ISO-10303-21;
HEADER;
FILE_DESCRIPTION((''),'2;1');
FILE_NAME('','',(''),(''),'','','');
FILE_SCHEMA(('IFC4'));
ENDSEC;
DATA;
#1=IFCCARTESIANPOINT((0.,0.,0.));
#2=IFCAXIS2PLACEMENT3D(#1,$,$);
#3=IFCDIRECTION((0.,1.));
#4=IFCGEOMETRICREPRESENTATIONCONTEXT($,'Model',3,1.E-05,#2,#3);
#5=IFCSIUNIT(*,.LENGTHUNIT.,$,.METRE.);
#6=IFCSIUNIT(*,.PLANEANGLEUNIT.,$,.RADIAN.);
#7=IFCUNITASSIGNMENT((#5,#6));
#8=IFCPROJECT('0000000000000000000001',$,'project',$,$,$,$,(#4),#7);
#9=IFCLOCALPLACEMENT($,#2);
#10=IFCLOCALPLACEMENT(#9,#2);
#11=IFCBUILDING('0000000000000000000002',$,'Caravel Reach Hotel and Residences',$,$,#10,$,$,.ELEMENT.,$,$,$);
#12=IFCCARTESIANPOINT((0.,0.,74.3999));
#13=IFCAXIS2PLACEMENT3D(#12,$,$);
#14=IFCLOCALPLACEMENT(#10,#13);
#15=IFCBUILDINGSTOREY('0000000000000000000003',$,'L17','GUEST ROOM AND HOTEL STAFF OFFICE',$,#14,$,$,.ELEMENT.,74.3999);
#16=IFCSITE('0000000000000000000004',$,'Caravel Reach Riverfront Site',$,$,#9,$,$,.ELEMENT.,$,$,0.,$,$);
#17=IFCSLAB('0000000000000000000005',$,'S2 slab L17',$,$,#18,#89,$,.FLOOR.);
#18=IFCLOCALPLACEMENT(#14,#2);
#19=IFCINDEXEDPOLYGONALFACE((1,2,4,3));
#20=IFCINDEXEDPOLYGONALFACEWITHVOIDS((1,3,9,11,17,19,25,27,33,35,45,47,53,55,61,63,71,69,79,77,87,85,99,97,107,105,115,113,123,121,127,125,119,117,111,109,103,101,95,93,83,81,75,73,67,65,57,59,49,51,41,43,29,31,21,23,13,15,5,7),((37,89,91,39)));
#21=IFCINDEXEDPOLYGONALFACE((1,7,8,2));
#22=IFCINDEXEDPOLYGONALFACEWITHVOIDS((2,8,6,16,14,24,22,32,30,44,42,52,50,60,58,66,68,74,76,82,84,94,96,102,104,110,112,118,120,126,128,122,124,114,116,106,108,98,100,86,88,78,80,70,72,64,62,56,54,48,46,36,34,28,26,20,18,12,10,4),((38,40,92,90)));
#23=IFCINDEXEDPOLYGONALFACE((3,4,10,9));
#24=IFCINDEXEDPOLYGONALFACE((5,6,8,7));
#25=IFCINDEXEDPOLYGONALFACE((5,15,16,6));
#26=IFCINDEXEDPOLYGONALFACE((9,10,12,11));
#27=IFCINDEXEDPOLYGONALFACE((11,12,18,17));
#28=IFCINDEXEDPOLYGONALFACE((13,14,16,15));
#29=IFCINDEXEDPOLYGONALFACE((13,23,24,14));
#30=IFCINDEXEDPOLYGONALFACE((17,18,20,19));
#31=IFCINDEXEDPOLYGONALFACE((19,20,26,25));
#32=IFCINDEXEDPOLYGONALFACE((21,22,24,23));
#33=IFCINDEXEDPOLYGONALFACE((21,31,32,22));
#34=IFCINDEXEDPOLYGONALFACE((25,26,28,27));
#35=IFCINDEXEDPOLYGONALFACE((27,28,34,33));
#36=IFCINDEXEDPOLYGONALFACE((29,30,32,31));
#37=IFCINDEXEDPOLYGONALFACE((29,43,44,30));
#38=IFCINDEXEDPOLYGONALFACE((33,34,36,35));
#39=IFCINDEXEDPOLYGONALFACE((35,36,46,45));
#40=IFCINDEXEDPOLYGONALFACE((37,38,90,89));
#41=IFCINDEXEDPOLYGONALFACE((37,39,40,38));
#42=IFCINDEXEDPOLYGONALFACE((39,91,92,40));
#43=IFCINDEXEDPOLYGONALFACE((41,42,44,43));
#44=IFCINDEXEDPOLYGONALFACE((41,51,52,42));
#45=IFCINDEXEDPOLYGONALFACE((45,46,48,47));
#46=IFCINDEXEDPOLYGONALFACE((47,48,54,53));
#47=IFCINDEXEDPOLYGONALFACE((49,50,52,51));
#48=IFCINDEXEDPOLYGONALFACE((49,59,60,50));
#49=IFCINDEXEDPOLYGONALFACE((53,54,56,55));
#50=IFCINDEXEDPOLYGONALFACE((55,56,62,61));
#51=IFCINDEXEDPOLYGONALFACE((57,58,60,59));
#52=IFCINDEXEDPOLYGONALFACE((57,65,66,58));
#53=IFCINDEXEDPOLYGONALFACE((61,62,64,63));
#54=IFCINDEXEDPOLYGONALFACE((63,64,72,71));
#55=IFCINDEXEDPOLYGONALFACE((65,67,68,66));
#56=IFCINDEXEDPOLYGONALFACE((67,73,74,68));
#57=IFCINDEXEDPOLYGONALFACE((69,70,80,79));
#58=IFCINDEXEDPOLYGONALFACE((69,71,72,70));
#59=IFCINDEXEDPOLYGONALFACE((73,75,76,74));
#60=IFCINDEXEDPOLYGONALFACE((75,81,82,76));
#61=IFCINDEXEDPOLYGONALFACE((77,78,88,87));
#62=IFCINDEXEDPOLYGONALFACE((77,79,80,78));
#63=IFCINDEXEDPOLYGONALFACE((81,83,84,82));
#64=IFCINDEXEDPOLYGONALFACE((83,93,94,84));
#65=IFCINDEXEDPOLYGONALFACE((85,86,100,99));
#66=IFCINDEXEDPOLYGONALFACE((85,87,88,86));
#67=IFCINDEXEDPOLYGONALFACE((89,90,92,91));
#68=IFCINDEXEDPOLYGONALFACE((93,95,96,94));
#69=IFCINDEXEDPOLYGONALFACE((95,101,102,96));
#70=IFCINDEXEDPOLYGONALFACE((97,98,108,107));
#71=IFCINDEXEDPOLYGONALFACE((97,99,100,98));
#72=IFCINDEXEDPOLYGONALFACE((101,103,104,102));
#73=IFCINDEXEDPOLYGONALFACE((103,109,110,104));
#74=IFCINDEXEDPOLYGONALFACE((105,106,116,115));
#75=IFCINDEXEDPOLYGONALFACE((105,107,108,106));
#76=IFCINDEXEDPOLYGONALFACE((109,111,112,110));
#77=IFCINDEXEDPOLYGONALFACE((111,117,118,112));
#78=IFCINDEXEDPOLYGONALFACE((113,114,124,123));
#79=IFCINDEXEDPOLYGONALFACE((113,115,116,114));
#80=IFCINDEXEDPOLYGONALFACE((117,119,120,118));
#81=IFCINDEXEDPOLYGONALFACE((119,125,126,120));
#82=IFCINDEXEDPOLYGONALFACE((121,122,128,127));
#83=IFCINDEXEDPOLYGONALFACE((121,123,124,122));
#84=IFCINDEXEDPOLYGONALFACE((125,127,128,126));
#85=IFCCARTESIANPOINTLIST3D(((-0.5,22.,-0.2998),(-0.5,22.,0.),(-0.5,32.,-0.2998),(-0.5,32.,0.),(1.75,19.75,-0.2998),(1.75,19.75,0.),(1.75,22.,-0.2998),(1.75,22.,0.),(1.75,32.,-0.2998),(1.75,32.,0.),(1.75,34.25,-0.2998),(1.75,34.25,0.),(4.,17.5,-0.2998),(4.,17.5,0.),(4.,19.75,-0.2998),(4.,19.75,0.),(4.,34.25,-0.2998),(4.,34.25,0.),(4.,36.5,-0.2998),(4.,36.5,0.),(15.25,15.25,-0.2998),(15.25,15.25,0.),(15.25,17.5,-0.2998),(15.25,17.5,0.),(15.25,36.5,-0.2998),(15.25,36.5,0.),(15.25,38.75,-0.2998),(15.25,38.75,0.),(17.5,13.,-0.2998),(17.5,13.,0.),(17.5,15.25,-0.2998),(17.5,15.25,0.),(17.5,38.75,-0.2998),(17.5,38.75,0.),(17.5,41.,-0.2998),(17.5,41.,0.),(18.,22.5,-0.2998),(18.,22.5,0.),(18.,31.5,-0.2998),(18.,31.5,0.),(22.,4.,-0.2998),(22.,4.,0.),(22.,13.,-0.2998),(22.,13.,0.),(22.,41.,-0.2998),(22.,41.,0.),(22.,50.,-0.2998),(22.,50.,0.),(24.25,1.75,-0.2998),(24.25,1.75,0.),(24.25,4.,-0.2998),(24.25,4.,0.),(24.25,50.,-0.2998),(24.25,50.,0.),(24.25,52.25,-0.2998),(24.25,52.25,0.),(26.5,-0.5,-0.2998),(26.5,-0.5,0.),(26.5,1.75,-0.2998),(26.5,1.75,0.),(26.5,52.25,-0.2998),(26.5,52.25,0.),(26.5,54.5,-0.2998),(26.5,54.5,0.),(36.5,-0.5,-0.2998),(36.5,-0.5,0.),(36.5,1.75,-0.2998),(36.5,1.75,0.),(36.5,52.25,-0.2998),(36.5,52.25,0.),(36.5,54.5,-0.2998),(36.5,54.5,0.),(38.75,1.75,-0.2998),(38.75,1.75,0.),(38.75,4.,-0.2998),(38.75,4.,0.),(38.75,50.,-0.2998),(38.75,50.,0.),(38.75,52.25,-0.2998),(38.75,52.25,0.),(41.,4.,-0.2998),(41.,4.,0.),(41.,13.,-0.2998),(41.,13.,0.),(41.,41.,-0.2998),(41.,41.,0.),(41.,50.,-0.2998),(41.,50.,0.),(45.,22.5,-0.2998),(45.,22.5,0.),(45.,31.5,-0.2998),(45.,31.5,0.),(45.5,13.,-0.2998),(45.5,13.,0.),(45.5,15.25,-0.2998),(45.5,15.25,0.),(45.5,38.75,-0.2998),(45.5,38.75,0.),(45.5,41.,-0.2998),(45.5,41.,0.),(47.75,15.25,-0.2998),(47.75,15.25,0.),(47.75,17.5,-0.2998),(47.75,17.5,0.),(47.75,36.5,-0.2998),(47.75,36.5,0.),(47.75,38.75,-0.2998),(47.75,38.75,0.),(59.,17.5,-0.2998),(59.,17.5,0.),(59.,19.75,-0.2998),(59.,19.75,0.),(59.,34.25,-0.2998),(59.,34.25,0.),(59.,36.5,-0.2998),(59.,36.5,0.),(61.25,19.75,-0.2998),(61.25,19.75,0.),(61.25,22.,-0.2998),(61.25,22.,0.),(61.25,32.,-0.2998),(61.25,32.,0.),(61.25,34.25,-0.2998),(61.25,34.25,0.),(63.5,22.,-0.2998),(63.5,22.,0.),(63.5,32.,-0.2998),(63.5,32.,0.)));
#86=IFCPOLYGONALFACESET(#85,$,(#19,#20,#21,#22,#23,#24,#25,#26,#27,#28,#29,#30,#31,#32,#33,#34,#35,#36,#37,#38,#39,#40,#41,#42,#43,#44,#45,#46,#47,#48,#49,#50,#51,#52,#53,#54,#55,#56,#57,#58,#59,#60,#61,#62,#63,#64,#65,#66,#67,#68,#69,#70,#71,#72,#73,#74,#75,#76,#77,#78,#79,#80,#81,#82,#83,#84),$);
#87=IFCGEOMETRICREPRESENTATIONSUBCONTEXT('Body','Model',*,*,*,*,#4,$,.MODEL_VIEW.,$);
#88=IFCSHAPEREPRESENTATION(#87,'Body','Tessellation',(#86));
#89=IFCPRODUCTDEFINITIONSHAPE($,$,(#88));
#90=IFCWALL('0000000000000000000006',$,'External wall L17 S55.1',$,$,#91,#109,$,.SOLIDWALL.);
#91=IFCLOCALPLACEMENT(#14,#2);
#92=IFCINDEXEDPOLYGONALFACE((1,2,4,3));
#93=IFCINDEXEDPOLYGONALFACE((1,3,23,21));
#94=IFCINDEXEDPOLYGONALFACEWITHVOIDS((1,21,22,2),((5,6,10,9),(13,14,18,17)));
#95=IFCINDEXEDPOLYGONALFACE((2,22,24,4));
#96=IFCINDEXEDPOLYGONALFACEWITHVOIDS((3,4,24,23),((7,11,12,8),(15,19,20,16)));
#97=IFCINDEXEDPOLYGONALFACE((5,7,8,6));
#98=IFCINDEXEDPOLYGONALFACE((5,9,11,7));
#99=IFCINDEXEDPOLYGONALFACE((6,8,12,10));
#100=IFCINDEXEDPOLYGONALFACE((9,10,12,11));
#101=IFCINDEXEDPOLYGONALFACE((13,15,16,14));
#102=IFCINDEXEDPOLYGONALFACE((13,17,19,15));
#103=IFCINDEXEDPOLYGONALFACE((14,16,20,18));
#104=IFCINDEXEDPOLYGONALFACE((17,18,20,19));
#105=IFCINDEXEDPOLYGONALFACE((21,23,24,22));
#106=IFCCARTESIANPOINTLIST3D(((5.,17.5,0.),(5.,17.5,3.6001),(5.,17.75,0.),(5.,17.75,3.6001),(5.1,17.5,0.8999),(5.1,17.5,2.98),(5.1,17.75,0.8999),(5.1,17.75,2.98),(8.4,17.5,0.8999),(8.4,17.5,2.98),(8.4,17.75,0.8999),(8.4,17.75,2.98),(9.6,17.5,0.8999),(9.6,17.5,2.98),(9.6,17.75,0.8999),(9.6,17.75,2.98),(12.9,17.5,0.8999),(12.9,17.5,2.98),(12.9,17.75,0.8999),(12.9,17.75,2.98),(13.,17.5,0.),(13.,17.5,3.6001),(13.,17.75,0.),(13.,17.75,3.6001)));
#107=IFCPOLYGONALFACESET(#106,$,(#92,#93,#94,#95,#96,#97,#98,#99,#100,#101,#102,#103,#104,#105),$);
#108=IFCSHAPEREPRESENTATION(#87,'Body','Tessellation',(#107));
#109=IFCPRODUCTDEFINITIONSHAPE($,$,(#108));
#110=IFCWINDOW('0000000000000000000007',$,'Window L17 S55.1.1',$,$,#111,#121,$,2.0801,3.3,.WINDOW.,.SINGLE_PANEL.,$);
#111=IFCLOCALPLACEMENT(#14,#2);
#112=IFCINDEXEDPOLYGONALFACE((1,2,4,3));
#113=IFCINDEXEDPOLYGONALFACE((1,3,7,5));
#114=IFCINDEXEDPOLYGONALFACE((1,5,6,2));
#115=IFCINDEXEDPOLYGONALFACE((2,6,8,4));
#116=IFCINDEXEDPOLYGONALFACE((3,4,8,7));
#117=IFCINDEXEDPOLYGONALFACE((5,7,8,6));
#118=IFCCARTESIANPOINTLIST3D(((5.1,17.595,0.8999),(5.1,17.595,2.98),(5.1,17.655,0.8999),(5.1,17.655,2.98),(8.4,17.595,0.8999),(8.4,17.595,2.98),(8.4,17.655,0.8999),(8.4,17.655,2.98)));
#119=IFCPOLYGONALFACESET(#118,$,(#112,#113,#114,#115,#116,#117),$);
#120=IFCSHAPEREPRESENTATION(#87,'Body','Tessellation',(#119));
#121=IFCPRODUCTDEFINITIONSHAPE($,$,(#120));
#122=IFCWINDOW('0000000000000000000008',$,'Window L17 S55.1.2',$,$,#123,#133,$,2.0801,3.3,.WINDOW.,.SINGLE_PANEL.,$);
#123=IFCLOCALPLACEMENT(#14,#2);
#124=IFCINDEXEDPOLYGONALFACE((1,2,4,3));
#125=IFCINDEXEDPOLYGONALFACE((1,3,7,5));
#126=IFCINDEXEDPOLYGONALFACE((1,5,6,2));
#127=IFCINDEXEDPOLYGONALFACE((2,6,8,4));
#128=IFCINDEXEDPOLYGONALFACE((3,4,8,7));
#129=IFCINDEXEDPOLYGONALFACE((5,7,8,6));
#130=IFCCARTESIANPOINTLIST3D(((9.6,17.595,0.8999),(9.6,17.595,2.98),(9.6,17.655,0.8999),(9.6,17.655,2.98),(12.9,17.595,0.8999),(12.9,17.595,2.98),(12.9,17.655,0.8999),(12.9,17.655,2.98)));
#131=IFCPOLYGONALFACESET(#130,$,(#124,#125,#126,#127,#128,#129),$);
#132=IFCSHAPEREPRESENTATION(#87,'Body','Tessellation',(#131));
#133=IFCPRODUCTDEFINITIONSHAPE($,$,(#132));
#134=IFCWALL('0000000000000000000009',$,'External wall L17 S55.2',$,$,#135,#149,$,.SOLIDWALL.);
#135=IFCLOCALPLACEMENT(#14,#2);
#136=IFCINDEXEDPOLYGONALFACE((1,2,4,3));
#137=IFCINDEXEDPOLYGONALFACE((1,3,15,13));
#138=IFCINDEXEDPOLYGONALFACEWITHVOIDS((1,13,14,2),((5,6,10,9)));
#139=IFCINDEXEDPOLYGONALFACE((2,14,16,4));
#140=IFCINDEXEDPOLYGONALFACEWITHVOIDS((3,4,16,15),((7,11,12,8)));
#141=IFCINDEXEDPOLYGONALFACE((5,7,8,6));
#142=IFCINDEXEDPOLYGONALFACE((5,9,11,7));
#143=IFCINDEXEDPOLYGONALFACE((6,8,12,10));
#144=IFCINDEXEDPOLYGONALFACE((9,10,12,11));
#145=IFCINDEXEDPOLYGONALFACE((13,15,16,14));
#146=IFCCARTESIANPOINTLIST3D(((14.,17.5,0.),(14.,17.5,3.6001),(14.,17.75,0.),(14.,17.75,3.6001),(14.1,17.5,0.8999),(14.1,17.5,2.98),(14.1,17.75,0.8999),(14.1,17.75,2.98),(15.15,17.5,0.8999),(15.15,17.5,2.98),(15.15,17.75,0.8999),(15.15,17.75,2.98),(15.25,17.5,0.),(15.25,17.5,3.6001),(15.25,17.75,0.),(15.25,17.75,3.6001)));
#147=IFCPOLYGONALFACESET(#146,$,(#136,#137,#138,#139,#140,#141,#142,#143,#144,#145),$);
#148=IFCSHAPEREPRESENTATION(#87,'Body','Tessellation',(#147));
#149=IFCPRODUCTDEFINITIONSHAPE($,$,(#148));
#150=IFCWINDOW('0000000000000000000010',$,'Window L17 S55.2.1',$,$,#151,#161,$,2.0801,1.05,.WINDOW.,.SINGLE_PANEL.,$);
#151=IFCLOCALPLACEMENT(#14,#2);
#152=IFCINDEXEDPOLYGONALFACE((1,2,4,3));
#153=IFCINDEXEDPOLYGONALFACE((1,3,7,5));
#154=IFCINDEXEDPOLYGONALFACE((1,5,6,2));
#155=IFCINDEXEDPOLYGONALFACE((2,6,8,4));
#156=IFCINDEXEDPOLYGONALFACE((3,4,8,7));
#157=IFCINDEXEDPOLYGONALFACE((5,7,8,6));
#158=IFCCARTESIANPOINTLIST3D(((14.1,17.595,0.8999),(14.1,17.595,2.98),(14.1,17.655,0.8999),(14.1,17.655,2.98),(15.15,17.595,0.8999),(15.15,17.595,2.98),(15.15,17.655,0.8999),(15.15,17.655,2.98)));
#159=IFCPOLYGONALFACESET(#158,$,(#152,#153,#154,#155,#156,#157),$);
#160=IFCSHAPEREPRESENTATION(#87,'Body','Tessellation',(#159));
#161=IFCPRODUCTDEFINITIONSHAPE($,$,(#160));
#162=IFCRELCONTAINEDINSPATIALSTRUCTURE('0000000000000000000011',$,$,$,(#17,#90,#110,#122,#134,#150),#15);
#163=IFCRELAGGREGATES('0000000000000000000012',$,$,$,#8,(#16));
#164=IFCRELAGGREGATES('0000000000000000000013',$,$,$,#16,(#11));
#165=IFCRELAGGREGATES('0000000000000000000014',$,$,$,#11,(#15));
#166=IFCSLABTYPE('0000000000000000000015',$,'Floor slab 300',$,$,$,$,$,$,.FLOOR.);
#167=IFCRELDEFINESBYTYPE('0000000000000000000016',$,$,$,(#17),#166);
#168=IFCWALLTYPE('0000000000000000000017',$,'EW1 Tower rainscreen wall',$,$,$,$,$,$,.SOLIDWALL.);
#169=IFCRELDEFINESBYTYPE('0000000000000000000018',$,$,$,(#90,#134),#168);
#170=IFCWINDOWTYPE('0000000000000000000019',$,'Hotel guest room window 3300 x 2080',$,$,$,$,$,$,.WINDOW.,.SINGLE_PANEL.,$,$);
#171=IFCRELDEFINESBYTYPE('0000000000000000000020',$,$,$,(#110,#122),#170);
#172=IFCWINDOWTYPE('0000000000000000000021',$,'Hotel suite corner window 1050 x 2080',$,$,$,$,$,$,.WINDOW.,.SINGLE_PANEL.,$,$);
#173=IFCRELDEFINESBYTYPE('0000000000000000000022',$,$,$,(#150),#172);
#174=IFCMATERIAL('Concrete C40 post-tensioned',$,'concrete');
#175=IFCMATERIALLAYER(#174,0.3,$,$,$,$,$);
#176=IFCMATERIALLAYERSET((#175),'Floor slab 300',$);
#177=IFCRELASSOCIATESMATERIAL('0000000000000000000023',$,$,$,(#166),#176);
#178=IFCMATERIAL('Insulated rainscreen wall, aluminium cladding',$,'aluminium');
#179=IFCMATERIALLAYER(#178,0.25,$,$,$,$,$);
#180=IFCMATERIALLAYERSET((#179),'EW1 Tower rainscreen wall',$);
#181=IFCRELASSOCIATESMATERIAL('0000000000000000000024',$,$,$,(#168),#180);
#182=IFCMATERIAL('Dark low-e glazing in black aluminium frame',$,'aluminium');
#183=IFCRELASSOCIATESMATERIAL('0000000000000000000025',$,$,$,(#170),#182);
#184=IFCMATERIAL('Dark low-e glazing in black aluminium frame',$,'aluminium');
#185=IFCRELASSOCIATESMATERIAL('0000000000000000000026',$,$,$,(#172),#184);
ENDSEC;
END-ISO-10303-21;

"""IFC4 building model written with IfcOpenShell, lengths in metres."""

from ifc_helpers import new_model, si_unit, direction, frame, frame_2d, origin, place, context, subcontext, project, spatial, polyline, rectangle, outline, extrude, material, layer, layer_set, type_object, element, fill, save


model = new_model("IFC4")

# Units and contexts
model_context = context("Model", 3, precision=1e-05, world=origin(), true_north=direction((0.0, 1.0)))
body_context = subcontext(model_context, "Body", "Model", "MODEL_VIEW")
ifc_project = project(units=[si_unit("LENGTHUNIT", "METRE"), si_unit("PLANEANGLEUNIT", "RADIAN")], contexts=[model_context])

# Site, building, storey
site_placement = place(None, origin())
site = spatial("IfcSite", under=ifc_project, at=site_placement, Name="Caravel Reach Riverfront Site", CompositionType="ELEMENT", RefElevation=0.0)
building_placement = place(site_placement, origin())
building = spatial("IfcBuilding", under=site, at=building_placement, Name="Caravel Reach Hotel and Residences", CompositionType="ELEMENT")
storey_placement = place(building_placement, frame((0.0, 0.0, 74.3999)))
storey = spatial("IfcBuildingStorey", under=building, at=storey_placement, Name="L17", Description="GUEST ROOM AND HOTEL STAFF OFFICE", CompositionType="ELEMENT", Elevation=74.3999)

# Slab
ifc_material_1 = material(Name="Concrete C40 post-tensioned", Category="concrete")
ifc_layer_1 = layer(ifc_material_1, 0.3)
ifc_layer_set_1 = layer_set([ifc_layer_1], Name="Floor slab 300")
slab_type_1 = type_object("IfcSlabType", Name="Floor slab 300", PredefinedType="FLOOR", material=ifc_layer_set_1)
slab_1_placement = place(storey_placement, frame((0.0, 0.0, -0.2998)))
element("IfcSlab", 1, at=slab_1_placement, inside=storey, type_object=slab_type_1, Name="S2 slab L17", PredefinedType="FLOOR", context=body_context, shape_type="SweptSolid", body=[
    extrude(outline(polyline([(17.5, 13.0), (17.5, 15.25), (15.25, 15.25), (15.25, 17.5), (4.0, 17.5), (4.0, 19.75), (1.75, 19.75), (1.75, 22.0), (-0.5, 22.0), (-0.5, 32.0), (1.75, 32.0), (1.75, 34.25), (4.0, 34.25), (4.0, 36.5), (15.25, 36.5), (15.25, 38.75), (17.5, 38.75), (17.5, 41.0), (22.0, 41.0), (22.0, 50.0), (24.25, 50.0), (24.25, 52.25), (26.5, 52.25), (26.5, 54.5), (36.5, 54.5), (36.5, 52.25), (38.75, 52.25), (38.75, 50.0), (41.0, 50.0), (41.0, 41.0), (45.5, 41.0), (45.5, 38.75), (47.75, 38.75), (47.75, 36.5), (59.0, 36.5), (59.0, 34.25), (61.25, 34.25), (61.25, 32.0), (63.5, 32.0), (63.5, 22.0), (61.25, 22.0), (61.25, 19.75), (59.0, 19.75), (59.0, 17.5), (47.75, 17.5), (47.75, 15.25), (45.5, 15.25), (45.5, 13.0), (41.0, 13.0), (41.0, 4.0), (38.75, 4.0), (38.75, 1.75), (36.5, 1.75), (36.5, -0.5), (26.5, -0.5), (26.5, 1.75), (24.25, 1.75), (24.25, 4.0), (22.0, 4.0), (22.0, 13.0), (17.5, 13.0)]), holes=[polyline([(45.0, 31.5), (18.0, 31.5), (18.0, 22.5), (45.0, 22.5), (45.0, 31.5)])]), origin(), (0.0, 0.0, 1.0), 0.2998),
])

# Wall, openings, windows
ifc_material_2 = material(Name="Insulated rainscreen wall, aluminium cladding", Category="aluminium")
ifc_layer_2 = layer(ifc_material_2, 0.25)
ifc_layer_set_2 = layer_set([ifc_layer_2], Name="EW1 Tower rainscreen wall")
wall_type_1 = type_object("IfcWallType", Name="EW1 Tower rainscreen wall", PredefinedType="SOLIDWALL", material=ifc_layer_set_2)
wall_1_placement = place(storey_placement, frame((5.0, 17.625, 0.0), z_axis=(0.0, 0.0, 1.0), x_axis=(1.0, 0.0, 0.0)))
wall_1 = element("IfcWall", 2, at=wall_1_placement, inside=storey, type_object=wall_type_1, Name="External wall L17 S55.1", PredefinedType="SOLIDWALL", context=body_context, shape_type="SweptSolid", body=[
    extrude(rectangle(XDim=8.0, YDim=0.25, at=frame_2d((4.0, 0.0))), origin(), (0.0, 0.0, 1.0), 3.6001),
])
opening_1_placement = place(wall_1_placement, frame((0.1001, 0.0, 0.8999)))
opening_1 = element("IfcOpeningElement", 3, at=opening_1_placement, cuts=wall_1, PredefinedType="OPENING", context=body_context, shape_type="SweptSolid", body=[
    extrude(rectangle(XDim=3.3, YDim=2.0801, at=frame_2d((1.6499, 1.04))), frame((0.0, 0.135, 0.0), z_axis=(0.0, -1.0, 0.0), x_axis=(1.0, 0.0, 0.0)), (0.0, 0.0, 1.0), 0.27),
])
opening_2_placement = place(wall_1_placement, frame((4.6001, 0.0, 0.8999)))
opening_2 = element("IfcOpeningElement", 4, at=opening_2_placement, cuts=wall_1, PredefinedType="OPENING", context=body_context, shape_type="SweptSolid", body=[
    extrude(rectangle(XDim=3.3, YDim=2.0801, at=frame_2d((1.6499, 1.04))), frame((0.0, 0.135, 0.0), z_axis=(0.0, -1.0, 0.0), x_axis=(1.0, 0.0, 0.0)), (0.0, 0.0, 1.0), 0.27),
])
ifc_material_3 = material(Name="Dark low-e glazing in black aluminium frame", Category="aluminium")
window_type_1 = type_object("IfcWindowType", Name="Hotel guest room window 3300 x 2080", PartitioningType="SINGLE_PANEL", PredefinedType="WINDOW", material=ifc_material_3)
window_1_placement = place(opening_1_placement, origin())
window_1 = element("IfcWindow", 5, at=window_1_placement, inside=storey, type_object=window_type_1, Name="Window L17 S55.1.1", OverallHeight=2.0801, OverallWidth=3.3, PartitioningType="SINGLE_PANEL", PredefinedType="WINDOW", context=body_context, shape_type="SweptSolid", body=[
    extrude(rectangle(XDim=3.3, YDim=2.0801, at=frame_2d((1.6499, 1.04))), frame((0.0, 0.03, 0.0), z_axis=(0.0, -1.0, 0.0), x_axis=(1.0, 0.0, 0.0)), (0.0, 0.0, 1.0), 0.0601),
])
fill(opening_1, window_1)
window_2_placement = place(opening_2_placement, origin())
window_2 = element("IfcWindow", 6, at=window_2_placement, inside=storey, type_object=window_type_1, Name="Window L17 S55.1.2", OverallHeight=2.0801, OverallWidth=3.3, PartitioningType="SINGLE_PANEL", PredefinedType="WINDOW", context=body_context, shape_type="SweptSolid", body=[
    extrude(rectangle(XDim=3.3, YDim=2.0801, at=frame_2d((1.6499, 1.04))), frame((0.0, 0.03, 0.0), z_axis=(0.0, -1.0, 0.0), x_axis=(1.0, 0.0, 0.0)), (0.0, 0.0, 1.0), 0.0601),
])
fill(opening_2, window_2)

# Wall, opening, window
wall_2_placement = place(storey_placement, frame((14.0, 17.625, 0.0), z_axis=(0.0, 0.0, 1.0), x_axis=(1.0, 0.0, 0.0)))
wall_2 = element("IfcWall", 7, at=wall_2_placement, inside=storey, type_object=wall_type_1, Name="External wall L17 S55.2", PredefinedType="SOLIDWALL", context=body_context, shape_type="SweptSolid", body=[
    extrude(rectangle(XDim=1.25, YDim=0.25, at=frame_2d((0.625, 0.0))), origin(), (0.0, 0.0, 1.0), 3.6001),
])
opening_3_placement = place(wall_2_placement, frame((0.1001, 0.0, 0.8999)))
opening_3 = element("IfcOpeningElement", 8, at=opening_3_placement, cuts=wall_2, PredefinedType="OPENING", context=body_context, shape_type="SweptSolid", body=[
    extrude(rectangle(XDim=1.05, YDim=2.0801, at=frame_2d((0.5249, 1.04))), frame((0.0, 0.135, 0.0), z_axis=(0.0, -1.0, 0.0), x_axis=(1.0, 0.0, 0.0)), (0.0, 0.0, 1.0), 0.27),
])
ifc_material_4 = material(Name="Dark low-e glazing in black aluminium frame", Category="aluminium")
window_type_2 = type_object("IfcWindowType", Name="Hotel suite corner window 1050 x 2080", PartitioningType="SINGLE_PANEL", PredefinedType="WINDOW", material=ifc_material_4)
window_3_placement = place(opening_3_placement, origin())
window_3 = element("IfcWindow", 9, at=window_3_placement, inside=storey, type_object=window_type_2, Name="Window L17 S55.2.1", OverallHeight=2.0801, OverallWidth=1.05, PartitioningType="SINGLE_PANEL", PredefinedType="WINDOW", context=body_context, shape_type="SweptSolid", body=[
    extrude(rectangle(XDim=1.05, YDim=2.0801, at=frame_2d((0.5249, 1.04))), frame((0.0, 0.03, 0.0), z_axis=(0.0, -1.0, 0.0), x_axis=(1.0, 0.0, 0.0)), (0.0, 0.0, 1.0), 0.0601),
])
fill(opening_3, window_3)

save(model, "model.ifc")
